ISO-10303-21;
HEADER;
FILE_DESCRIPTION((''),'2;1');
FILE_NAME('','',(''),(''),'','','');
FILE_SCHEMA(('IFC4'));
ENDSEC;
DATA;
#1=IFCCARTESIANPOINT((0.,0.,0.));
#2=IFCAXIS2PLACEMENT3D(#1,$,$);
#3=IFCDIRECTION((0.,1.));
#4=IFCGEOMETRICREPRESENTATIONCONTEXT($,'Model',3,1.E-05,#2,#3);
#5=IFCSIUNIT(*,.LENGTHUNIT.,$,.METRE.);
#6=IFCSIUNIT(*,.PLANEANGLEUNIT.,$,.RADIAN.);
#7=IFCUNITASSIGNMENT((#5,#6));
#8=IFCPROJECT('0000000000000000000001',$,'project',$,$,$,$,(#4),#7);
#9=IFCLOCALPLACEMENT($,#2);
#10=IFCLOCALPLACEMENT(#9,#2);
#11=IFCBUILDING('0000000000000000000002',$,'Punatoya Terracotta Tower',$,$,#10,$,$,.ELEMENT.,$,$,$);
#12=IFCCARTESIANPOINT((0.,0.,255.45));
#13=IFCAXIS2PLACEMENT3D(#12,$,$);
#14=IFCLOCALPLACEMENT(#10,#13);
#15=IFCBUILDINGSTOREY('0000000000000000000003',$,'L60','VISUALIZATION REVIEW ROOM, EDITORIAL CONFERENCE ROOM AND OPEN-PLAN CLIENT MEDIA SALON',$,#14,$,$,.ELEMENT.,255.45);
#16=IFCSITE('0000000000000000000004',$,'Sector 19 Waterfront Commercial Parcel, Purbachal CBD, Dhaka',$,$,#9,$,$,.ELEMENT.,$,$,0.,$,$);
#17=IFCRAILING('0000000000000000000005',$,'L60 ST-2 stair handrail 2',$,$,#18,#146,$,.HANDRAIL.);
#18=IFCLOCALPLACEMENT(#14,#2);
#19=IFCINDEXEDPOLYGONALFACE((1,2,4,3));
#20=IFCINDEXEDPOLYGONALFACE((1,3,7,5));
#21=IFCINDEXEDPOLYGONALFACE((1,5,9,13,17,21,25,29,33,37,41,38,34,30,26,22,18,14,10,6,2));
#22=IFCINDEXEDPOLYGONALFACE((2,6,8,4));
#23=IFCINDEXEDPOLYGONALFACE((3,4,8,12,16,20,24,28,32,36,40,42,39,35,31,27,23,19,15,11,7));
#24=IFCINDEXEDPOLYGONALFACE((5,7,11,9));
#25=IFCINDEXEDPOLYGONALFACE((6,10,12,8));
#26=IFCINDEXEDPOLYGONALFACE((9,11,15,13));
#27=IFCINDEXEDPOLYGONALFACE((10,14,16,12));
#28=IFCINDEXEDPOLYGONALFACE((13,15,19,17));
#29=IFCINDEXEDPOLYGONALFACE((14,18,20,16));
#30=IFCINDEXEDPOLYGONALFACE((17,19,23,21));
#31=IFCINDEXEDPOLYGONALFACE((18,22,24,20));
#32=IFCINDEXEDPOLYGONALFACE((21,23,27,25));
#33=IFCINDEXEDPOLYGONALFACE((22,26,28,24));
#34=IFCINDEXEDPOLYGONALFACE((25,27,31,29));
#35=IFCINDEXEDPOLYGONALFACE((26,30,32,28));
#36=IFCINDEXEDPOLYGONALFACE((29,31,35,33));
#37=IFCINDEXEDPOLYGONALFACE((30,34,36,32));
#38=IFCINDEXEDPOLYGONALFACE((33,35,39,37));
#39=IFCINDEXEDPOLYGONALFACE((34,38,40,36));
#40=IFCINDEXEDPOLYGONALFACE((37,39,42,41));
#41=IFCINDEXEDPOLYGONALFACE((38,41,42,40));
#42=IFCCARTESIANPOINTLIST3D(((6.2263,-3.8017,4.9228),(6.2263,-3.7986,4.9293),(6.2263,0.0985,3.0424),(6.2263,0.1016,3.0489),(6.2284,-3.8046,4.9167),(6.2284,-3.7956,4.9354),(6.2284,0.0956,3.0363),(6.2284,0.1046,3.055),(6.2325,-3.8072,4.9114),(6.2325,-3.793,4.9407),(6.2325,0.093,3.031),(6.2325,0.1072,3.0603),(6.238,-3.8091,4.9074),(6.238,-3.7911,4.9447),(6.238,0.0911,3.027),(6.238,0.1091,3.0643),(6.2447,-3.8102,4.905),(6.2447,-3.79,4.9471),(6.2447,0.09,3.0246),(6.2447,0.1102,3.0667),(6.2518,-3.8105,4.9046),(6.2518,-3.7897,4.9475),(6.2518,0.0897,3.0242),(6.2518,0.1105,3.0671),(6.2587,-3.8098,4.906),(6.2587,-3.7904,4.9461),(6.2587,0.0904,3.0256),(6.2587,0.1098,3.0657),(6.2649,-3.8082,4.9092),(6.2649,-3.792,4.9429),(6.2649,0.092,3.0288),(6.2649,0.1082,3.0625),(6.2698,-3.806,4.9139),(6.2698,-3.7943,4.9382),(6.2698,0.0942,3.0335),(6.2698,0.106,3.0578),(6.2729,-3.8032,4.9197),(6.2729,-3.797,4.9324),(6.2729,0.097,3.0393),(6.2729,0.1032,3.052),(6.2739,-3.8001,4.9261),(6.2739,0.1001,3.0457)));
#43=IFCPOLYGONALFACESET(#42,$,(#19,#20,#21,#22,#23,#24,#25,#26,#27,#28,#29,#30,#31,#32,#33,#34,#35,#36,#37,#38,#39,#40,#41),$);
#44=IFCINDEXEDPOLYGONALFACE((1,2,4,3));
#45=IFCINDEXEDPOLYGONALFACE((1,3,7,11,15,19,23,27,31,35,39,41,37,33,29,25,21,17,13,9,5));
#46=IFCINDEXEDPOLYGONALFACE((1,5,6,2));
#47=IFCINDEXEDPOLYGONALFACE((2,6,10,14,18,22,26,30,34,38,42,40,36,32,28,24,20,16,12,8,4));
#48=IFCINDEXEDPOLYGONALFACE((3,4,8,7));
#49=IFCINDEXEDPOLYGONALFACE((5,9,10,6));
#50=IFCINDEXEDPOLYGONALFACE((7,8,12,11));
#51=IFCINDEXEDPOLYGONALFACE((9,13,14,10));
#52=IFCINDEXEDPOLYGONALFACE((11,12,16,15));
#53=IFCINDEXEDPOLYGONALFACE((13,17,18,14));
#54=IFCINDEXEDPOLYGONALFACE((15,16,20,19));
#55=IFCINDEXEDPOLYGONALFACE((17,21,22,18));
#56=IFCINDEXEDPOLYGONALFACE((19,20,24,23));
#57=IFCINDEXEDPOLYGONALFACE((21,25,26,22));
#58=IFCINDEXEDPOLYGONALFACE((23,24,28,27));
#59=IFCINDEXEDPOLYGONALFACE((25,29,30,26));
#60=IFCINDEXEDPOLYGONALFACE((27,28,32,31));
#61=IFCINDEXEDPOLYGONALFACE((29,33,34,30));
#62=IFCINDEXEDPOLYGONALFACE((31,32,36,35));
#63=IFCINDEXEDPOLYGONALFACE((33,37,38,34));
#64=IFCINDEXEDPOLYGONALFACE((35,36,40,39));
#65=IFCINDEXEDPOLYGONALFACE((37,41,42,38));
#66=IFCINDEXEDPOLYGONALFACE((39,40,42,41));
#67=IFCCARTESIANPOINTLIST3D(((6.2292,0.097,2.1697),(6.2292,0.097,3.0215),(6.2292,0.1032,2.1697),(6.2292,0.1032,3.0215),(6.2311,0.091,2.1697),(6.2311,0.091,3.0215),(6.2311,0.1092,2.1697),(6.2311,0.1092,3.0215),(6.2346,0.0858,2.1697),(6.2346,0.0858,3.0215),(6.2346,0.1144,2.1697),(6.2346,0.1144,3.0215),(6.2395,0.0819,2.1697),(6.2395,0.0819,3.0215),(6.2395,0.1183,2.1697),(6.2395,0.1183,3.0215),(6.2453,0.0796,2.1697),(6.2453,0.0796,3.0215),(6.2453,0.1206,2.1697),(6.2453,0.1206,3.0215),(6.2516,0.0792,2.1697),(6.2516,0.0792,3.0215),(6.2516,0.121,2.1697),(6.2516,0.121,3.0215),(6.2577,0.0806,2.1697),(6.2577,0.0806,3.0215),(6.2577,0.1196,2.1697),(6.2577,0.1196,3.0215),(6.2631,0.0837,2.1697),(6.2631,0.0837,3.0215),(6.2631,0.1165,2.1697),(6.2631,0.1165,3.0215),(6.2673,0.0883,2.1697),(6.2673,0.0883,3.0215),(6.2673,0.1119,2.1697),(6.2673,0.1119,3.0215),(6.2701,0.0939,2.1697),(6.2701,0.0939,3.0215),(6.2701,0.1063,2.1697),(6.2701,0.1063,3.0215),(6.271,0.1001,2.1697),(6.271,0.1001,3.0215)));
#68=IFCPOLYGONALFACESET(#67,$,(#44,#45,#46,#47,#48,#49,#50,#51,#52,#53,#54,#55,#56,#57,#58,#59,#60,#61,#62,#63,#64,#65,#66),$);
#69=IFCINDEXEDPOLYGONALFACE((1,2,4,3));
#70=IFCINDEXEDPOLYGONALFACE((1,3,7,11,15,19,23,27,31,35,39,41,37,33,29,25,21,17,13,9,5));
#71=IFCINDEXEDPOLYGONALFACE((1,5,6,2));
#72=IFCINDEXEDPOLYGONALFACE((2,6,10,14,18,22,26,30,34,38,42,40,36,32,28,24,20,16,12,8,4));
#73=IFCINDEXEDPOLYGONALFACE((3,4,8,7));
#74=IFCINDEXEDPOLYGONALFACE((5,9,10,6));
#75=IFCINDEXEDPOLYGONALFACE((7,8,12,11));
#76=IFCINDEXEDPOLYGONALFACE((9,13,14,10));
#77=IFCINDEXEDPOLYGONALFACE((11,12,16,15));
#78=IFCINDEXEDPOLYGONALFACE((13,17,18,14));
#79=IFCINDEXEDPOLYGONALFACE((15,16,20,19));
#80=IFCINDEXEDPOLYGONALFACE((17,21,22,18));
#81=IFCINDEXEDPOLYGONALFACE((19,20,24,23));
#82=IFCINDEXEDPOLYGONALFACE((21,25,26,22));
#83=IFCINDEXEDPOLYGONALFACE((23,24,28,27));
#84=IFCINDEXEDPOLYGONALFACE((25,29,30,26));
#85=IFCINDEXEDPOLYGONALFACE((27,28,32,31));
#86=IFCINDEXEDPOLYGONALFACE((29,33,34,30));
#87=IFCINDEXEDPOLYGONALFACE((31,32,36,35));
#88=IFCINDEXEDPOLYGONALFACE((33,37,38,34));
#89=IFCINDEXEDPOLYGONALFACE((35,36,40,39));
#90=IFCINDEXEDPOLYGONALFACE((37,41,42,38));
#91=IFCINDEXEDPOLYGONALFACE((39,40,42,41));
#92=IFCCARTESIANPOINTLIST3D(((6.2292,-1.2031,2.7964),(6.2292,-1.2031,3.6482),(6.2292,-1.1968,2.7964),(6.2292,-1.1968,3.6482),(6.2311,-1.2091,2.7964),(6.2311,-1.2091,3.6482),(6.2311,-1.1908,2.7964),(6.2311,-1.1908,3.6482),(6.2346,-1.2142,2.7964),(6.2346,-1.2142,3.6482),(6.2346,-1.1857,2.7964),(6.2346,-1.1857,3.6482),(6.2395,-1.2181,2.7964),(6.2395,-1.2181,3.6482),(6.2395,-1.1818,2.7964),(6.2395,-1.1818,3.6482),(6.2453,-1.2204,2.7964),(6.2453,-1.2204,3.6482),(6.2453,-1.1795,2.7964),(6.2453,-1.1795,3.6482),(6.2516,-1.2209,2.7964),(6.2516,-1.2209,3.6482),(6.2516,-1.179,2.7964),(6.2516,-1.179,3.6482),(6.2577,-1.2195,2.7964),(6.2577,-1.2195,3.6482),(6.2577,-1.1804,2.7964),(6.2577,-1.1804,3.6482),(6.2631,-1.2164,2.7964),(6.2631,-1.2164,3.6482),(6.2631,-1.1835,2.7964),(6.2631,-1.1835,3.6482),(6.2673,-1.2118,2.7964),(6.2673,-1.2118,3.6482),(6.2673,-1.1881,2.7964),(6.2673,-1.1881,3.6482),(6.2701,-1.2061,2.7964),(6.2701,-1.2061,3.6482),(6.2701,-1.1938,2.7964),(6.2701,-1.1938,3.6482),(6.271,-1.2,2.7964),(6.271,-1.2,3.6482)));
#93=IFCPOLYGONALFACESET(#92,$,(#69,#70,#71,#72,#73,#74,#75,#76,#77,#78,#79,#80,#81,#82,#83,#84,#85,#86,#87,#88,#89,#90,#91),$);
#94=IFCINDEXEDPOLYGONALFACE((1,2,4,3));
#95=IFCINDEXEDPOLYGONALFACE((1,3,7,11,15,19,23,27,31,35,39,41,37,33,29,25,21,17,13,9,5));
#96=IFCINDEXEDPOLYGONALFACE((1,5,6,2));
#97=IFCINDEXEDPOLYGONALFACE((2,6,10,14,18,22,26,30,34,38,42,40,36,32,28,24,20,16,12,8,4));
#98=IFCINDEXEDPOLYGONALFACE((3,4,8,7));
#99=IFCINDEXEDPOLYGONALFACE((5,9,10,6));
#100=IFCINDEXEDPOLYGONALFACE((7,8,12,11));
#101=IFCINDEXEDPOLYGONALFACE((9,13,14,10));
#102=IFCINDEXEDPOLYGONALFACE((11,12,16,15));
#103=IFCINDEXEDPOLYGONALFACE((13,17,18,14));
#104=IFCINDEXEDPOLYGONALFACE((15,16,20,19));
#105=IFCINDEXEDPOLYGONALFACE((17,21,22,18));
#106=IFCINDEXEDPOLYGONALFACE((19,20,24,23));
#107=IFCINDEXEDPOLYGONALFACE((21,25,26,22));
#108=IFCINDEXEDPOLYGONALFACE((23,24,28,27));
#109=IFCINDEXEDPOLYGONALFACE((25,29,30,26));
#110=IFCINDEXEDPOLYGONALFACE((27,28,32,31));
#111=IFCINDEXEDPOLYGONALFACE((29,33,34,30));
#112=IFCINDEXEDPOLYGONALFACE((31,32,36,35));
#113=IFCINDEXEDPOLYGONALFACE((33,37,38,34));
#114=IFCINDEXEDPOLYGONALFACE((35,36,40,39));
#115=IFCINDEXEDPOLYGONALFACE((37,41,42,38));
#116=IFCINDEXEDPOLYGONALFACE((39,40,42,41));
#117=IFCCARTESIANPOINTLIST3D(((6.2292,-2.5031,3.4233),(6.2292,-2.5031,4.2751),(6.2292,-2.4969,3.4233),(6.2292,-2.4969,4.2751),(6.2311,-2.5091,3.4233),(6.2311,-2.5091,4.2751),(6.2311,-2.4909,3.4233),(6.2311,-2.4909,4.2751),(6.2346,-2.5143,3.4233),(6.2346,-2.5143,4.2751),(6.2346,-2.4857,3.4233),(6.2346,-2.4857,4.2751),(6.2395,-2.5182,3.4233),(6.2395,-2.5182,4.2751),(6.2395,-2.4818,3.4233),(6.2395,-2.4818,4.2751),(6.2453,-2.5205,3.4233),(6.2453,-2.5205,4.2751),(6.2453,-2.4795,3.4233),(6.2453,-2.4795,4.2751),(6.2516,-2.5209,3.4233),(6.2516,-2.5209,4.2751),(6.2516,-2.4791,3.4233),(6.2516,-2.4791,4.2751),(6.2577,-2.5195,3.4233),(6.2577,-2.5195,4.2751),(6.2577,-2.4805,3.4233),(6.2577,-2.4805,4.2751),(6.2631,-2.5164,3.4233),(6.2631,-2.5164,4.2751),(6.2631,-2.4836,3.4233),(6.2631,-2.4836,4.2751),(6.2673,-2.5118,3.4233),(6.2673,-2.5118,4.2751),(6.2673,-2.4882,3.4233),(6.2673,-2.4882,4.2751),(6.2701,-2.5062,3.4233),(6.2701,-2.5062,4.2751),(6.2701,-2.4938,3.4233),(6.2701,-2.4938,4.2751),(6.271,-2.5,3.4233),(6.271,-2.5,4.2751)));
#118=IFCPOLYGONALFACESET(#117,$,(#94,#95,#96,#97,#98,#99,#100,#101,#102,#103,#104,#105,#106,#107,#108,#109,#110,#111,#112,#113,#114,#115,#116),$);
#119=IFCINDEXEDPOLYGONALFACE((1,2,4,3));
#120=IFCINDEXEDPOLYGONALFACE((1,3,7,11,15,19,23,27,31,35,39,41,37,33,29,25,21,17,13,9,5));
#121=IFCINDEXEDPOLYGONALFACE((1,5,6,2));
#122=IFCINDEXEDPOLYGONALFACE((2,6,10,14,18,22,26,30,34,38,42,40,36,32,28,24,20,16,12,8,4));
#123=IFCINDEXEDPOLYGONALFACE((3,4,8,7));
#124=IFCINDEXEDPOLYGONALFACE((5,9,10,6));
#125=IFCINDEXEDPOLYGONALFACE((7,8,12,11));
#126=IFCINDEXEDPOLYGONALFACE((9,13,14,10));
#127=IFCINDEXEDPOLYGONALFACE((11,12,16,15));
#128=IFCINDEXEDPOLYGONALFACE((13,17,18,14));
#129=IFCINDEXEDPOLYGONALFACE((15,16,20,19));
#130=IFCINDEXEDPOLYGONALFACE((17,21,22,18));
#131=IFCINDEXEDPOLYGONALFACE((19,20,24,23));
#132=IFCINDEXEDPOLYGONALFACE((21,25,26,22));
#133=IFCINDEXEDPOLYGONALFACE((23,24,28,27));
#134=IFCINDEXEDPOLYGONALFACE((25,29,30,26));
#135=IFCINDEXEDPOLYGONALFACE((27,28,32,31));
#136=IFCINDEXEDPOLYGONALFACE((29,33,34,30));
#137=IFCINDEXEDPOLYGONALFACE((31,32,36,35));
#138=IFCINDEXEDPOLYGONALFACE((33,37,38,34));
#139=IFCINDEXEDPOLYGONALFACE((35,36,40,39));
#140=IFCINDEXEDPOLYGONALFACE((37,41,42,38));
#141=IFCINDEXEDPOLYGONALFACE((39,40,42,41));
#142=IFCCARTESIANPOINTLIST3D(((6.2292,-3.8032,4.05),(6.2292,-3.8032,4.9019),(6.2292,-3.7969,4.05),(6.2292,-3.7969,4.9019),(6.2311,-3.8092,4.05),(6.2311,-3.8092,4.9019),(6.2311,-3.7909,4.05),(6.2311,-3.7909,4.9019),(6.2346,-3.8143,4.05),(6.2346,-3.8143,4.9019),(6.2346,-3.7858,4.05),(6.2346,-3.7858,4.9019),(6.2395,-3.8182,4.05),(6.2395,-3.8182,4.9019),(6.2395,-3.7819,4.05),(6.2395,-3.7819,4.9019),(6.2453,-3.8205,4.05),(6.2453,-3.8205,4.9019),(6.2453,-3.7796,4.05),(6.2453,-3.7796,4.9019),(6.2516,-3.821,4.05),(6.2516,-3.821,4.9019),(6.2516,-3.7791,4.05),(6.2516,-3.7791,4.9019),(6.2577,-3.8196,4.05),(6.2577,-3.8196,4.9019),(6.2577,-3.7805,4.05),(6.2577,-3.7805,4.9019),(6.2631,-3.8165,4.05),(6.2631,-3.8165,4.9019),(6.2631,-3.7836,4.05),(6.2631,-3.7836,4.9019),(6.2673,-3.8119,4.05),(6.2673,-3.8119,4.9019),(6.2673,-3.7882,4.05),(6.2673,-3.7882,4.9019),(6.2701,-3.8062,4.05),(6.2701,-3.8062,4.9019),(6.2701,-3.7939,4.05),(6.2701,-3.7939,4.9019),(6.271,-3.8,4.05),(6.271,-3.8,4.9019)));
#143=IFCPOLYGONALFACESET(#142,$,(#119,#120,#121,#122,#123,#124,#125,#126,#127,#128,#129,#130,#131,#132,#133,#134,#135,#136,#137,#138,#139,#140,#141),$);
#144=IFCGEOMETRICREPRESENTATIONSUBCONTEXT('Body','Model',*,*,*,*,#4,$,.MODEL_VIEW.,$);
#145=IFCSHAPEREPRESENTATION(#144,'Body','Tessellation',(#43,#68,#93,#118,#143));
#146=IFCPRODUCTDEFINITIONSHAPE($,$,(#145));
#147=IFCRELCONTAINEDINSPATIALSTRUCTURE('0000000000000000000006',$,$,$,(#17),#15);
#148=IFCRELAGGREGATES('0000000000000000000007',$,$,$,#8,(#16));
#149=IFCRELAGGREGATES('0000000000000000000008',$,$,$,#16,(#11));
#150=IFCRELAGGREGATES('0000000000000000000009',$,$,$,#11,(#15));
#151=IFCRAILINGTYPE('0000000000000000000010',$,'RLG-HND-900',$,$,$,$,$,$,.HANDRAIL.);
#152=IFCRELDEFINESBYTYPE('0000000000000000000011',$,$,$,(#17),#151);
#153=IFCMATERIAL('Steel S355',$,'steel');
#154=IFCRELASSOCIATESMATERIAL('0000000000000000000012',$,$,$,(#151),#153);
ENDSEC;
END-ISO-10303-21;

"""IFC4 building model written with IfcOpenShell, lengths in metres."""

from ifc_helpers import new_model, si_unit, direction, frame, origin, origin_2d, place, context, subcontext, project, spatial, circle, extrude, material, type_object, element, save


model = new_model("IFC4")

# Units and contexts
model_context = context("Model", 3, precision=1e-05, world=origin(), true_north=direction((0.0, 1.0)))
body_context = subcontext(model_context, "Body", "Model", "MODEL_VIEW")
ifc_project = project(units=[si_unit("LENGTHUNIT", "METRE"), si_unit("PLANEANGLEUNIT", "RADIAN")], contexts=[model_context])

# Site, building, storey
site_placement = place(None, origin())
site = spatial("IfcSite", under=ifc_project, at=site_placement, Name="Sector 19 Waterfront Commercial Parcel, Purbachal CBD, Dhaka", CompositionType="ELEMENT", RefElevation=0.0)
building_placement = place(site_placement, origin())
building = spatial("IfcBuilding", under=site, at=building_placement, Name="Punatoya Terracotta Tower", CompositionType="ELEMENT")
storey_placement = place(building_placement, frame((0.0, 0.0, 255.45)))
storey = spatial("IfcBuildingStorey", under=building, at=storey_placement, Name="L60", Description="VISUALIZATION REVIEW ROOM, EDITORIAL CONFERENCE ROOM AND OPEN-PLAN CLIENT MEDIA SALON", CompositionType="ELEMENT", Elevation=255.45)

# Shared definitions
ifc_material_1 = material(Name="Steel S355", Category="steel")

# Railing
railing_type_1 = type_object("IfcRailingType", Name="RLG-HND-900", PredefinedType="HANDRAIL", material=ifc_material_1)
railing_1_placement = place(storey_placement, frame((6.25, 0.1001, 2.1697)))
element("IfcRailing", 1, at=railing_1_placement, inside=storey, type_object=railing_type_1, Name="L60 ST-2 stair handrail 2", PredefinedType="HANDRAIL", context=body_context, shape_type="SweptSolid", body=[
    extrude(circle(Radius=0.0239, at=origin_2d()), frame((0.0, 0.0, 0.876), z_axis=(0.0, -0.900774, 0.434289), x_axis=(1.0, 0.0, 0.0)), (0.0, 0.0, 1.0), 4.3298),
    extrude(circle(Radius=0.021, at=origin_2d()), origin(), (0.0, 0.0, 1.0), 0.8518),
    extrude(circle(Radius=0.021, at=origin_2d()), frame((0.0, -1.3, 0.6267)), (0.0, 0.0, 1.0), 0.8518),
    extrude(circle(Radius=0.021, at=origin_2d()), frame((0.0, -2.6001, 1.2537)), (0.0, 0.0, 1.0), 0.8518),
    extrude(circle(Radius=0.021, at=origin_2d()), frame((0.0, -3.9001, 1.8804)), (0.0, 0.0, 1.0), 0.8518),
])

save(model, "model.ifc")
